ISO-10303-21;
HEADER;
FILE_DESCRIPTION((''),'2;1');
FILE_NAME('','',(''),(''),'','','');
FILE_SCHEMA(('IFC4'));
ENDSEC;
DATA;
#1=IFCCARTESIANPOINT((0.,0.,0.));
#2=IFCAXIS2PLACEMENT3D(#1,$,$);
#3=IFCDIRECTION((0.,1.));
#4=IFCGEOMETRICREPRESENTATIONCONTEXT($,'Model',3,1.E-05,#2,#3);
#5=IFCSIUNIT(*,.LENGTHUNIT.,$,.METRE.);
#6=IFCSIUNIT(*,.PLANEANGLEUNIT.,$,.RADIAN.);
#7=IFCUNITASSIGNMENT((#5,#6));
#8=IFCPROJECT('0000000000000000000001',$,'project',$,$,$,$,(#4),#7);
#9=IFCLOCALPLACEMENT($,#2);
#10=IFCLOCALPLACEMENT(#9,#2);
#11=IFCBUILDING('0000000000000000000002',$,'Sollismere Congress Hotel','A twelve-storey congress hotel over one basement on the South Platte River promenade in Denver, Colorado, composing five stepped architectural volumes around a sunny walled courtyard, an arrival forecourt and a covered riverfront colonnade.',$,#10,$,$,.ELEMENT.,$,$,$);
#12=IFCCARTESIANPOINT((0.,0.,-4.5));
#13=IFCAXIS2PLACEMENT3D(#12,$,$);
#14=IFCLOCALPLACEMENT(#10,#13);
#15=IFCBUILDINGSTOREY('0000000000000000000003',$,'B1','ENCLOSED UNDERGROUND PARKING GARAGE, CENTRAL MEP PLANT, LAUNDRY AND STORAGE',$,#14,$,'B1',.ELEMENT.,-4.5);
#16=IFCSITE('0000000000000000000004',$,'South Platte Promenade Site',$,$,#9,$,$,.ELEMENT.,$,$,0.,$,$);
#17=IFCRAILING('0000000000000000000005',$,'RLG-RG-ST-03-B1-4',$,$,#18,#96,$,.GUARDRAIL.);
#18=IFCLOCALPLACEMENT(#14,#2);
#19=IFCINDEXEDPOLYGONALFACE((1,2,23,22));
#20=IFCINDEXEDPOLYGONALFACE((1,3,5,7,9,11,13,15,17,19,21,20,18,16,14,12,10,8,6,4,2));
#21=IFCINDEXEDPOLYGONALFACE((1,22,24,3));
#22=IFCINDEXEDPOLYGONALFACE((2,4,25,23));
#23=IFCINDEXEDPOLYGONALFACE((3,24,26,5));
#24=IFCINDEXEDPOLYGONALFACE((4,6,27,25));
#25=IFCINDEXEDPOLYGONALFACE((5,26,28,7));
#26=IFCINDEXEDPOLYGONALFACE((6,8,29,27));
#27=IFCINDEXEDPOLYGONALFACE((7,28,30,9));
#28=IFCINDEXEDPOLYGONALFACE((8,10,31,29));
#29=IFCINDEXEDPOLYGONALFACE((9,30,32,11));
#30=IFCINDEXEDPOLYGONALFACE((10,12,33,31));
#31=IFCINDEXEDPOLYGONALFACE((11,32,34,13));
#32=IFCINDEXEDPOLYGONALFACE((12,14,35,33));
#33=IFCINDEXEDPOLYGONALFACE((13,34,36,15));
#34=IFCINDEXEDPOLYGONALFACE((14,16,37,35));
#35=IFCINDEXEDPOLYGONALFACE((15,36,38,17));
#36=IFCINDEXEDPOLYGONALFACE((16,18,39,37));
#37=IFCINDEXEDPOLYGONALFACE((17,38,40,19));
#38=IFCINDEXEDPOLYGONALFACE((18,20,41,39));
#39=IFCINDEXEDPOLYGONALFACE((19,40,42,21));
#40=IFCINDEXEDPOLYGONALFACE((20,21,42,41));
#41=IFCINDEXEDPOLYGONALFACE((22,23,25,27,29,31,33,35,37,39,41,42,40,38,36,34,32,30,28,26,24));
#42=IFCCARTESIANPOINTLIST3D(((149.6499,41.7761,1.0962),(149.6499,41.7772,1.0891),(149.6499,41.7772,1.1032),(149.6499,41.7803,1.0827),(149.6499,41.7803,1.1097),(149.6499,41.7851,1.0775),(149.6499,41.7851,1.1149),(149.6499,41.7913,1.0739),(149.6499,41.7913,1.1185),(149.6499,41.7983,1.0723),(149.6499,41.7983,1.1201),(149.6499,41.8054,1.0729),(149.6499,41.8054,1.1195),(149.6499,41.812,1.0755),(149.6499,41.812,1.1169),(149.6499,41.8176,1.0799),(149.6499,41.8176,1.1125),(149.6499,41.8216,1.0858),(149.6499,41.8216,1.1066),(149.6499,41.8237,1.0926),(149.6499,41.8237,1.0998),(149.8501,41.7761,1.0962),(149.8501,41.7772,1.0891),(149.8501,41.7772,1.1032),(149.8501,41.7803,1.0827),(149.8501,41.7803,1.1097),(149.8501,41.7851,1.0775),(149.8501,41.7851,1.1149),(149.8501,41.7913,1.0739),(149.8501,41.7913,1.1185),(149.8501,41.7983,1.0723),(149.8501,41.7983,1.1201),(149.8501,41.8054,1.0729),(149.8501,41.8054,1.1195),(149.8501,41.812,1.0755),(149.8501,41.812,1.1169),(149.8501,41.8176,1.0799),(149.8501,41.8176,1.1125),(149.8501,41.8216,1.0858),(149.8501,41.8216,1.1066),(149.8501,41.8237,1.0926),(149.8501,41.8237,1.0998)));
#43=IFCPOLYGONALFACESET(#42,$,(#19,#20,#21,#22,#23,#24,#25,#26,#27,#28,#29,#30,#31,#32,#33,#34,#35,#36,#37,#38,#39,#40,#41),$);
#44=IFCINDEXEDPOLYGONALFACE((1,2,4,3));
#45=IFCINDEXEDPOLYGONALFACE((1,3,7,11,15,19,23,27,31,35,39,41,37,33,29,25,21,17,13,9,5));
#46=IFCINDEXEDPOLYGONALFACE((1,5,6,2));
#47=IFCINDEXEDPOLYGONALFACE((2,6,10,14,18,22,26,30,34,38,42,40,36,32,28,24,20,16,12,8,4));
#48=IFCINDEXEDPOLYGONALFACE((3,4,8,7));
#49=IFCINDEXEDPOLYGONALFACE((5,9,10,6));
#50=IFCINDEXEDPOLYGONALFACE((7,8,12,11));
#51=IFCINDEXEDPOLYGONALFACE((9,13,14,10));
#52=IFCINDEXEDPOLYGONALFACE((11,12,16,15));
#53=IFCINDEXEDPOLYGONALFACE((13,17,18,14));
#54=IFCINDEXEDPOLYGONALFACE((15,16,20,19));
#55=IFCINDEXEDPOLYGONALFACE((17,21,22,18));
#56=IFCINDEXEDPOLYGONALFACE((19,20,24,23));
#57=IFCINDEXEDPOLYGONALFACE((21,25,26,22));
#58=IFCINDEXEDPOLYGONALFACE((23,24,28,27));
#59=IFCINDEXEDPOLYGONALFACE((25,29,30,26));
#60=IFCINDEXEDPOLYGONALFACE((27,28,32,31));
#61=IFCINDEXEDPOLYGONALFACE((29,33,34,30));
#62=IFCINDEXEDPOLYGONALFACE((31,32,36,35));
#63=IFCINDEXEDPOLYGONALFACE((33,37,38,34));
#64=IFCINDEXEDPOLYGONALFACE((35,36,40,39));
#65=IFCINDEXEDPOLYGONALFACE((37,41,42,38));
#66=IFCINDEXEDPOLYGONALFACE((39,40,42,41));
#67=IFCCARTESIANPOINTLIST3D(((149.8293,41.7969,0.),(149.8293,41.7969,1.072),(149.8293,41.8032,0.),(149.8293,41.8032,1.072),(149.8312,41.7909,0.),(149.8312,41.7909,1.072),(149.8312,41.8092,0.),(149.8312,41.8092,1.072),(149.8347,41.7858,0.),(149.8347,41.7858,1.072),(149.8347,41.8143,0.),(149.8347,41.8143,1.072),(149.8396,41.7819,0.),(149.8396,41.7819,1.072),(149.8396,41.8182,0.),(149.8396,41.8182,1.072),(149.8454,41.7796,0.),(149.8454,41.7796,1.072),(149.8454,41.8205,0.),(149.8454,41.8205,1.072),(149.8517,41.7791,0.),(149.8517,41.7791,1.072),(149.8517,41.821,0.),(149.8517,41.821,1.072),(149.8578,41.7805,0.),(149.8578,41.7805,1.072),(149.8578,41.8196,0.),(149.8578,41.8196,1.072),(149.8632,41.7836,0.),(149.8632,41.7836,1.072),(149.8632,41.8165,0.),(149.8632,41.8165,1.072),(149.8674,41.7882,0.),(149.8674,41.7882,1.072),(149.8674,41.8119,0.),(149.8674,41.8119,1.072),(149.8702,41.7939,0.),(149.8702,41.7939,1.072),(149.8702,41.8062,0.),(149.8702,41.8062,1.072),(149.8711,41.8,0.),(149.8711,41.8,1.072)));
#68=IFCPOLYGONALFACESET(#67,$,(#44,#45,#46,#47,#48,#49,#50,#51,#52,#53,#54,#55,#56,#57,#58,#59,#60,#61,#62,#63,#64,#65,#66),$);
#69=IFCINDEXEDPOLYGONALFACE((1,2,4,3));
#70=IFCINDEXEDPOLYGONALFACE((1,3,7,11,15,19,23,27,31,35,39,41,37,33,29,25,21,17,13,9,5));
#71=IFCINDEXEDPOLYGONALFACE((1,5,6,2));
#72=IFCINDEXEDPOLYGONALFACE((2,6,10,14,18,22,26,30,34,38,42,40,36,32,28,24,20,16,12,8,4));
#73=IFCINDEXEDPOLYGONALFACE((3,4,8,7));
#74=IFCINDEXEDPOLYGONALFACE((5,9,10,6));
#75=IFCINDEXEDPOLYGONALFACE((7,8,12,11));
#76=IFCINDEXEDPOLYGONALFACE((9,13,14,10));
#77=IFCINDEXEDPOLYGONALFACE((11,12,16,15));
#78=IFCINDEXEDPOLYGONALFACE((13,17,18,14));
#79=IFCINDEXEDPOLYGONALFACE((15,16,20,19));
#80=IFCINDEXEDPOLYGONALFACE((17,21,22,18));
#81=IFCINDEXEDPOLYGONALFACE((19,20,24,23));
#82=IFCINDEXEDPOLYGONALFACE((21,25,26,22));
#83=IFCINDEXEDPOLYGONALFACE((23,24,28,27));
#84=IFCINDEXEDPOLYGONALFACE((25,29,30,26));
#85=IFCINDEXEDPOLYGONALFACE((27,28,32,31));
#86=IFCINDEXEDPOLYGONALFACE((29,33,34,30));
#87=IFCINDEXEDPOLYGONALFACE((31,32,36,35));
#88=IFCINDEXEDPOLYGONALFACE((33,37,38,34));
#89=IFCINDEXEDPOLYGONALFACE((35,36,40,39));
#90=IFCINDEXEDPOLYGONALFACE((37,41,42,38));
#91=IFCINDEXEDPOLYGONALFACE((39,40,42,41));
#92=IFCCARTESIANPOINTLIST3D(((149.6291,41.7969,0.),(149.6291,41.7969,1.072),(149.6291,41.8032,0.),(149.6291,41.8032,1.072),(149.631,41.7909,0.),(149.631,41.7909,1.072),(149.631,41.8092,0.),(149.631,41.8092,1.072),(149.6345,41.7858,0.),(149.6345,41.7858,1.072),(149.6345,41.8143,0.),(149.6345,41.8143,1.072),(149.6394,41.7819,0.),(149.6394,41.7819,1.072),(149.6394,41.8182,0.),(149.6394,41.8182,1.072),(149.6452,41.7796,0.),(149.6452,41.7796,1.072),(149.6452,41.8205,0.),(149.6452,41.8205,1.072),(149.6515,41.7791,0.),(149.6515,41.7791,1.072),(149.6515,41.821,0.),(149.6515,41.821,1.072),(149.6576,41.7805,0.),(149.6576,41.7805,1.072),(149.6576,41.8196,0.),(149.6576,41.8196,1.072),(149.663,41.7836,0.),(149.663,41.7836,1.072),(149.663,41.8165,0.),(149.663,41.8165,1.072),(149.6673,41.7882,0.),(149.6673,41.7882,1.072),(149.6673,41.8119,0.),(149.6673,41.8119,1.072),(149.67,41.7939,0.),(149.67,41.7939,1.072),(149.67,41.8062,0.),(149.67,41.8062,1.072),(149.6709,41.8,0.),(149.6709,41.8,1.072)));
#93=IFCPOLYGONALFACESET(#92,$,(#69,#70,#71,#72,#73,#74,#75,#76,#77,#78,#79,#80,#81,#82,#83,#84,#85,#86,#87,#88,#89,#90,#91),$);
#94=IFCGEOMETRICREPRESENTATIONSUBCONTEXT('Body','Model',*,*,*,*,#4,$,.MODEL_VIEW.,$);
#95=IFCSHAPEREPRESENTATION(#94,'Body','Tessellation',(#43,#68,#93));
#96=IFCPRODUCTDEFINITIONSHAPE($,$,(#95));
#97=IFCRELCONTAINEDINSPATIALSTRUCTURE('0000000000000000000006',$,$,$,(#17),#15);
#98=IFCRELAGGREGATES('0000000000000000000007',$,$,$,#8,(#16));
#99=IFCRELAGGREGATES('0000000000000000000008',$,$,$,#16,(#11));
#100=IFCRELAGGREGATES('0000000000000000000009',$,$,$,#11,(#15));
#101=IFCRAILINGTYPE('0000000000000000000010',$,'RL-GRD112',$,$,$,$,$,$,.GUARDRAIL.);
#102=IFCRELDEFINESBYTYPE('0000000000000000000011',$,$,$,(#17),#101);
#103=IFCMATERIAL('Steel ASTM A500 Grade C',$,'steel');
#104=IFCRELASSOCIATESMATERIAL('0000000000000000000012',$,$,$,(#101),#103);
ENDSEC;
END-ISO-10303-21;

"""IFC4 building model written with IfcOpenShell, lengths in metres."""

from ifc_helpers import new_model, si_unit, direction, frame, origin, origin_2d, place, context, subcontext, project, spatial, circle, extrude, material, type_object, element, save


model = new_model("IFC4")

# Units and contexts
model_context = context("Model", 3, precision=1e-05, world=origin(), true_north=direction((0.0, 1.0)))
body_context = subcontext(model_context, "Body", "Model", "MODEL_VIEW")
ifc_project = project(units=[si_unit("LENGTHUNIT", "METRE"), si_unit("PLANEANGLEUNIT", "RADIAN")], contexts=[model_context])

# Site, building, storey
site_placement = place(None, origin())
site = spatial("IfcSite", under=ifc_project, at=site_placement, Name="South Platte Promenade Site", CompositionType="ELEMENT", RefElevation=0.0)
building_placement = place(site_placement, origin())
building = spatial("IfcBuilding", under=site, at=building_placement, Name="Sollismere Congress Hotel", Description="A twelve-storey congress hotel over one basement on the South Platte River promenade in Denver, Colorado, composing five stepped architectural volumes around a sunny walled courtyard, an arrival forecourt and a covered riverfront colonnade.", CompositionType="ELEMENT")
storey_placement = place(building_placement, frame((0.0, 0.0, -4.5)))
storey = spatial("IfcBuildingStorey", under=building, at=storey_placement, Name="B1", Description="ENCLOSED UNDERGROUND PARKING GARAGE, CENTRAL MEP PLANT, LAUNDRY AND STORAGE", LongName="B1", CompositionType="ELEMENT", Elevation=-4.5)

# Railing
ifc_material_1 = material(Name="Steel ASTM A500 Grade C", Category="steel")
railing_type_1 = type_object("IfcRailingType", Name="RL-GRD112", PredefinedType="GUARDRAIL", material=ifc_material_1)
railing_1_placement = place(storey_placement, frame((149.8501, 41.8, 0.0)))
element("IfcRailing", 1, at=railing_1_placement, inside=storey, type_object=railing_type_1, Name="RLG-RG-ST-03-B1-4", PredefinedType="GUARDRAIL", context=body_context, shape_type="SweptSolid", body=[
    extrude(circle(Radius=0.0239, at=origin_2d()), frame((0.0, 0.0, 1.0962), z_axis=(-1.0, 0.0, 0.0), x_axis=(0.0, -1.0, 0.0)), (0.0, 0.0, 1.0), 0.2002),
    extrude(circle(Radius=0.021, at=origin_2d()), origin(), (0.0, 0.0, 1.0), 1.072),
    extrude(circle(Radius=0.021, at=origin_2d()), frame((-0.2002, 0.0, 0.0)), (0.0, 0.0, 1.0), 1.072),
])

save(model, "model.ifc")
